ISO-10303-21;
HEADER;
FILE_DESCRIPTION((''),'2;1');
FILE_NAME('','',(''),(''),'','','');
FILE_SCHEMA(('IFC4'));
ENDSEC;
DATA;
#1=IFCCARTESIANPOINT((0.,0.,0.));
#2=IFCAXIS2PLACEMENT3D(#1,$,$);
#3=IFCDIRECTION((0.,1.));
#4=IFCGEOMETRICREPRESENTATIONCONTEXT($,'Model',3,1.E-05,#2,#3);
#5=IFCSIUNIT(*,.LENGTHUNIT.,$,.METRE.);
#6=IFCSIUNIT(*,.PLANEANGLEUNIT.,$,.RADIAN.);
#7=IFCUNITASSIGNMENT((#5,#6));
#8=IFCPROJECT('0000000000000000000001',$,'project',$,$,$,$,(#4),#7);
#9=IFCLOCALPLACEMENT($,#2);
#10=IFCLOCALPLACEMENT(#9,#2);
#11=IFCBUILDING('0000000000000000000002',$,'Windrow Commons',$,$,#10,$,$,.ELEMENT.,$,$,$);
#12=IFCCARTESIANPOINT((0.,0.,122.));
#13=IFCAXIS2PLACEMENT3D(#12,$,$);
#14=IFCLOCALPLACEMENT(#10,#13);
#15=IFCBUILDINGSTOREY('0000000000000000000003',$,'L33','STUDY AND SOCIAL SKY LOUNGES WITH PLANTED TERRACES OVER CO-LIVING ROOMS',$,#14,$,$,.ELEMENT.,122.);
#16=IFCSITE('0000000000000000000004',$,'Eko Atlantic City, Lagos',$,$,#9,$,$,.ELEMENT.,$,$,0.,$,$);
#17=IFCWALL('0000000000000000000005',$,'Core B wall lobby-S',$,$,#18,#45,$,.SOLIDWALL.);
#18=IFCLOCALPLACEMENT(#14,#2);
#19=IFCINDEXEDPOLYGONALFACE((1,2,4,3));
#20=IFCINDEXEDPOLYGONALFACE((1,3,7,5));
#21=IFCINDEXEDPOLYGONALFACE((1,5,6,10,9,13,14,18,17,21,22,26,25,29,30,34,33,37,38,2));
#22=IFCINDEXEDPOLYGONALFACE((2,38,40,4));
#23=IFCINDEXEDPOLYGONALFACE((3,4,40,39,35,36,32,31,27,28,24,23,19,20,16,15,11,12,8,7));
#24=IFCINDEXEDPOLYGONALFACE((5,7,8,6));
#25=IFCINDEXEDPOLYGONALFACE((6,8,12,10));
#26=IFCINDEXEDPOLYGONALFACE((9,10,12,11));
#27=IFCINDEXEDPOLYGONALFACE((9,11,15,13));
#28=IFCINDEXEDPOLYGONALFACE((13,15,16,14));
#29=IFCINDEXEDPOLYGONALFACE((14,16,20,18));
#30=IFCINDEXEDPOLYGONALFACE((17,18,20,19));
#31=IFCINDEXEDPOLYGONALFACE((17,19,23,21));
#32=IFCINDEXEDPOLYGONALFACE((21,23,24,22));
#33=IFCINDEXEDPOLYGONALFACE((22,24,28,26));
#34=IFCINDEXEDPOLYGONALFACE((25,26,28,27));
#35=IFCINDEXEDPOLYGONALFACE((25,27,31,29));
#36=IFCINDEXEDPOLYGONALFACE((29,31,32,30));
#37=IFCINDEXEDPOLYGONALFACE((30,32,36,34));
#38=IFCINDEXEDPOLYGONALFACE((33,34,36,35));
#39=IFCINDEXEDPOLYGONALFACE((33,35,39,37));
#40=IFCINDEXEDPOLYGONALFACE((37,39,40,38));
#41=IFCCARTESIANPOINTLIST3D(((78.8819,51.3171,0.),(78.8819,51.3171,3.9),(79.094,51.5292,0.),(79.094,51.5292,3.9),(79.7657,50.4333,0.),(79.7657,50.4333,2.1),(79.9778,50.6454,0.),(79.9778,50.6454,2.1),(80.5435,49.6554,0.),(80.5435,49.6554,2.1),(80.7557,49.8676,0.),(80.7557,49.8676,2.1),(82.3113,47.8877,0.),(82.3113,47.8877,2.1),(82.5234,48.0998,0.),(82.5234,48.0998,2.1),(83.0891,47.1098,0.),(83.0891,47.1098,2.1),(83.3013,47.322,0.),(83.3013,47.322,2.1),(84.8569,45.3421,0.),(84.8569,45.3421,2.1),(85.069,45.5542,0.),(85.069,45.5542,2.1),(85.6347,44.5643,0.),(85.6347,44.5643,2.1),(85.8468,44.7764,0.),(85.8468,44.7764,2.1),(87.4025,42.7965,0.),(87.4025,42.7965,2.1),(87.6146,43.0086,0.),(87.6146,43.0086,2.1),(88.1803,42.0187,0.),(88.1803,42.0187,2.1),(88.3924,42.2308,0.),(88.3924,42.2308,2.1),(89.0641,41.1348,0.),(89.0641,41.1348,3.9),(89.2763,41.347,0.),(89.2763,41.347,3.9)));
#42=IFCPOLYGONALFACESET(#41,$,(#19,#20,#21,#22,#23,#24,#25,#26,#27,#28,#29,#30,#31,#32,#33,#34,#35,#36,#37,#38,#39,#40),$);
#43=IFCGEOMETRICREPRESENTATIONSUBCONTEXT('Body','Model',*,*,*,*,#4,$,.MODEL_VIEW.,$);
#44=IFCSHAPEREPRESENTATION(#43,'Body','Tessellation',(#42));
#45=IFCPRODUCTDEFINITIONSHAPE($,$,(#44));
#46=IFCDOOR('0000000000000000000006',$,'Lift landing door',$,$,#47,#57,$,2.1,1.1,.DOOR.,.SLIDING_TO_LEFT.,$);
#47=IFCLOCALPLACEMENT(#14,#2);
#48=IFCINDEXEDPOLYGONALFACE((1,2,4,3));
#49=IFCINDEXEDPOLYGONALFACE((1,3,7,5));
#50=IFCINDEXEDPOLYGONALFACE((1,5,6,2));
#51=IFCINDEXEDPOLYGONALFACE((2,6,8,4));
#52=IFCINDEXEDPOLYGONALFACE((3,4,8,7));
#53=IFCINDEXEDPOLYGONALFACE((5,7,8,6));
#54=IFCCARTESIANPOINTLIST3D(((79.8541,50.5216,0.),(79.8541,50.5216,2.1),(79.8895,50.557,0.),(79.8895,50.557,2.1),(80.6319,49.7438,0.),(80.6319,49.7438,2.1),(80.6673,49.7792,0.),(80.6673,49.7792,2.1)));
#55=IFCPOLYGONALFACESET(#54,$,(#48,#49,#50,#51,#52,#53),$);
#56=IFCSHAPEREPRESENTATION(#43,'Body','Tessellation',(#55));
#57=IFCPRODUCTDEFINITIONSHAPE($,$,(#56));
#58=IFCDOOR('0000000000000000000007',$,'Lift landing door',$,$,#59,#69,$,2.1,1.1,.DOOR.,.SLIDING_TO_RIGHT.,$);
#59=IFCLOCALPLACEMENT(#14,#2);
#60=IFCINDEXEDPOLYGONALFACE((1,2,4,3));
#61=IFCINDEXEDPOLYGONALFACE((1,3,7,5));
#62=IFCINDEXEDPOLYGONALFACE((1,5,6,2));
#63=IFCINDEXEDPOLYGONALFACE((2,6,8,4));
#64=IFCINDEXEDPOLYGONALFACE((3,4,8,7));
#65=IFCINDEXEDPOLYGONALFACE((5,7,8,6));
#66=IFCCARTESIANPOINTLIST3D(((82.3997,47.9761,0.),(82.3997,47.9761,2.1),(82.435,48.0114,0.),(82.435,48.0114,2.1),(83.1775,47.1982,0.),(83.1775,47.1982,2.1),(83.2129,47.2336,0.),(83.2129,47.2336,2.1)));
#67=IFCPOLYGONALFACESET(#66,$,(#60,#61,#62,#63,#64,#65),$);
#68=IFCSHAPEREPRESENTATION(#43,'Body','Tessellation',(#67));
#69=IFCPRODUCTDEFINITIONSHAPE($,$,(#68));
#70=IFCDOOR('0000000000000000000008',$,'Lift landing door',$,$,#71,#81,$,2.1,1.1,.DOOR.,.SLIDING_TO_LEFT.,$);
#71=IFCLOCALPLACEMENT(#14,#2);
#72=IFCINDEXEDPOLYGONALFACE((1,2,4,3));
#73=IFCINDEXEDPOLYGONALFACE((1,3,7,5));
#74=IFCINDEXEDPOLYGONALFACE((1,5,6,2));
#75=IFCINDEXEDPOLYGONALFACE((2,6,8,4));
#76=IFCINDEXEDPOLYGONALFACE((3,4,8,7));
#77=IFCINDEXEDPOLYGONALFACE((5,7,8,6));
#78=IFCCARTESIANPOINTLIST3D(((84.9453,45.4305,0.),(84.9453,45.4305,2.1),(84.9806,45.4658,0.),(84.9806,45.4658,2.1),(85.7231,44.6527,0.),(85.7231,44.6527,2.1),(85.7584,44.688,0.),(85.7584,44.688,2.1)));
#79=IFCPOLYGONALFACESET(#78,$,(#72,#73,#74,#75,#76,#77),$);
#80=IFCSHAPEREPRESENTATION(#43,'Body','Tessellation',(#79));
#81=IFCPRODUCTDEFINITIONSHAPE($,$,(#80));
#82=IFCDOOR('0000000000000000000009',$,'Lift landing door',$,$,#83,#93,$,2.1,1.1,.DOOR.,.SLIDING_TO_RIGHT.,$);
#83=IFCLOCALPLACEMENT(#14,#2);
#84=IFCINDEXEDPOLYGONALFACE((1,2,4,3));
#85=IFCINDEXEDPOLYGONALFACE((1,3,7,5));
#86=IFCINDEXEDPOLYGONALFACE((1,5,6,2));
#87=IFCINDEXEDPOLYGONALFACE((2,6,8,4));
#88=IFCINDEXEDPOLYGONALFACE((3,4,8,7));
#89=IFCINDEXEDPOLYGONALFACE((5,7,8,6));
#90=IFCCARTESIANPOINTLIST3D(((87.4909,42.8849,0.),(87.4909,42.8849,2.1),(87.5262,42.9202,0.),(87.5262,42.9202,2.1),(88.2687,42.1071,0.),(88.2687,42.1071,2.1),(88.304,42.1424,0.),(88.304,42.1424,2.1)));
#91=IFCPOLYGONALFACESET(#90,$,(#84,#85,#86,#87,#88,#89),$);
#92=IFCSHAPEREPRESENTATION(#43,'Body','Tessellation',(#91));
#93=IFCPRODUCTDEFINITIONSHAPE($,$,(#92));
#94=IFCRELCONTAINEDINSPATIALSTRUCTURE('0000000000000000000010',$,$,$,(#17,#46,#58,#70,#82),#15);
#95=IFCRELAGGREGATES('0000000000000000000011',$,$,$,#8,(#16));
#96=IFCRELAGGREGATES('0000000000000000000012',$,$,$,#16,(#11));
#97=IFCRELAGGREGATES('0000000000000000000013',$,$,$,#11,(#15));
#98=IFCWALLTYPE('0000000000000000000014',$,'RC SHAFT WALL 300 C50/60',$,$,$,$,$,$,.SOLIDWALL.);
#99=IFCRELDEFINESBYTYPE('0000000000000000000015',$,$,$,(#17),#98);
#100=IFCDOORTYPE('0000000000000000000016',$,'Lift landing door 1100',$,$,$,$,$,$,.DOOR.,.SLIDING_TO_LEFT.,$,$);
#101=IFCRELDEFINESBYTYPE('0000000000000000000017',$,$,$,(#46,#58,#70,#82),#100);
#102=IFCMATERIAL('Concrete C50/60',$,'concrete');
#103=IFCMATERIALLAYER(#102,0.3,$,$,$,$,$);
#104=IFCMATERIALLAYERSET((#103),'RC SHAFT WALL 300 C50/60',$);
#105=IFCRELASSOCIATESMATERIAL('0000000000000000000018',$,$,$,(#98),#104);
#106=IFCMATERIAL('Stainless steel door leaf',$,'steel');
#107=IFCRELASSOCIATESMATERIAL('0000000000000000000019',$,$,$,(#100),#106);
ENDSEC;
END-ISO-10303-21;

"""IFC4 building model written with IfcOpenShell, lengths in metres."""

from ifc_helpers import new_model, si_unit, direction, frame, frame_2d, origin, place, context, subcontext, project, spatial, rectangle, extrude, material, layer, layer_set, type_object, element, fill, save


model = new_model("IFC4")

# Units and contexts
model_context = context("Model", 3, precision=1e-05, world=origin(), true_north=direction((0.0, 1.0)))
body_context = subcontext(model_context, "Body", "Model", "MODEL_VIEW")
ifc_project = project(units=[si_unit("LENGTHUNIT", "METRE"), si_unit("PLANEANGLEUNIT", "RADIAN")], contexts=[model_context])

# Site, building, storey
site_placement = place(None, origin())
site = spatial("IfcSite", under=ifc_project, at=site_placement, Name="Eko Atlantic City, Lagos", CompositionType="ELEMENT", RefElevation=0.0)
building_placement = place(site_placement, origin())
building = spatial("IfcBuilding", under=site, at=building_placement, Name="Windrow Commons", CompositionType="ELEMENT")
storey_placement = place(building_placement, frame((0.0, 0.0, 122.0)))
storey = spatial("IfcBuildingStorey", under=building, at=storey_placement, Name="L33", Description="STUDY AND SOCIAL SKY LOUNGES WITH PLANTED TERRACES OVER CO-LIVING ROOMS", CompositionType="ELEMENT", Elevation=122.0)

# Wall, openings, doors
ifc_material_1 = material(Name="Concrete C50/60", Category="concrete")
ifc_layer_1 = layer(ifc_material_1, 0.3)
ifc_layer_set_1 = layer_set([ifc_layer_1], Name="RC SHAFT WALL 300 C50/60")
wall_type_1 = type_object("IfcWallType", Name="RC SHAFT WALL 300 C50/60", PredefinedType="SOLIDWALL", material=ifc_layer_set_1)
wall_1_placement = place(storey_placement, frame((78.9879, 51.4232, 0.0), z_axis=(0.0, 0.0, 1.0), x_axis=(0.707107, -0.707107, 0.0)))
wall_1 = element("IfcWall", 1, at=wall_1_placement, inside=storey, type_object=wall_type_1, Name="Core B wall lobby-S", PredefinedType="SOLIDWALL", context=body_context, shape_type="SweptSolid", body=[
    extrude(rectangle(XDim=14.3999, YDim=0.3, at=frame_2d((7.2, 0.0))), origin(), (0.0, 0.0, 1.0), 3.9),
])
opening_1_placement = place(wall_1_placement, frame((1.25, 0.0, 0.0)))
opening_1 = element("IfcOpeningElement", 2, at=opening_1_placement, cuts=wall_1, PredefinedType="OPENING", context=body_context, shape_type="SweptSolid", body=[
    extrude(rectangle(XDim=1.1, YDim=2.1, at=frame_2d((0.55, 1.05))), frame((0.0, 0.16, 0.0), z_axis=(0.0, -1.0, 0.0), x_axis=(1.0, 0.0, 0.0)), (0.0, 0.0, 1.0), 0.32),
])
opening_2_placement = place(wall_1_placement, frame((4.85, 0.0, 0.0)))
opening_2 = element("IfcOpeningElement", 3, at=opening_2_placement, cuts=wall_1, PredefinedType="OPENING", context=body_context, shape_type="SweptSolid", body=[
    extrude(rectangle(XDim=1.1, YDim=2.1, at=frame_2d((0.55, 1.05))), frame((0.0, 0.16, 0.0), z_axis=(0.0, -1.0, 0.0), x_axis=(1.0, 0.0, 0.0)), (0.0, 0.0, 1.0), 0.32),
])
opening_3_placement = place(wall_1_placement, frame((8.45, 0.0, 0.0)))
opening_3 = element("IfcOpeningElement", 4, at=opening_3_placement, cuts=wall_1, PredefinedType="OPENING", context=body_context, shape_type="SweptSolid", body=[
    extrude(rectangle(XDim=1.1, YDim=2.1, at=frame_2d((0.55, 1.05))), frame((0.0, 0.16, 0.0), z_axis=(0.0, -1.0, 0.0), x_axis=(1.0, 0.0, 0.0)), (0.0, 0.0, 1.0), 0.32),
])
opening_4_placement = place(wall_1_placement, frame((12.05, 0.0, 0.0)))
opening_4 = element("IfcOpeningElement", 5, at=opening_4_placement, cuts=wall_1, PredefinedType="OPENING", context=body_context, shape_type="SweptSolid", body=[
    extrude(rectangle(XDim=1.1, YDim=2.1, at=frame_2d((0.55, 1.05))), frame((0.0, 0.16, 0.0), z_axis=(0.0, -1.0, 0.0), x_axis=(1.0, 0.0, 0.0)), (0.0, 0.0, 1.0), 0.32),
])
ifc_material_2 = material(Name="Stainless steel door leaf", Category="steel")
door_type_1 = type_object("IfcDoorType", Name="Lift landing door 1100", OperationType="SLIDING_TO_LEFT", PredefinedType="DOOR", material=ifc_material_2)
door_1_placement = place(opening_1_placement, origin())
door_1 = element("IfcDoor", 6, at=door_1_placement, inside=storey, type_object=door_type_1, Name="Lift landing door", OperationType="SLIDING_TO_LEFT", OverallHeight=2.1, OverallWidth=1.1, PredefinedType="DOOR", context=body_context, shape_type="SweptSolid", body=[
    extrude(rectangle(XDim=1.1, YDim=2.1, at=frame_2d((0.55, 1.05))), frame((0.0, 0.025, 0.0), z_axis=(0.0, -1.0, 0.0), x_axis=(1.0, 0.0, 0.0)), (0.0, 0.0, 1.0), 0.05),
])
fill(opening_1, door_1)
door_2_placement = place(opening_2_placement, origin())
door_2 = element("IfcDoor", 7, at=door_2_placement, inside=storey, type_object=door_type_1, Name="Lift landing door", OperationType="SLIDING_TO_RIGHT", OverallHeight=2.1, OverallWidth=1.1, PredefinedType="DOOR", context=body_context, shape_type="SweptSolid", body=[
    extrude(rectangle(XDim=1.1, YDim=2.1, at=frame_2d((0.55, 1.05))), frame((0.0, 0.025, 0.0), z_axis=(0.0, -1.0, 0.0), x_axis=(1.0, 0.0, 0.0)), (0.0, 0.0, 1.0), 0.05),
])
fill(opening_2, door_2)
door_3_placement = place(opening_3_placement, origin())
door_3 = element("IfcDoor", 8, at=door_3_placement, inside=storey, type_object=door_type_1, Name="Lift landing door", OperationType="SLIDING_TO_LEFT", OverallHeight=2.1, OverallWidth=1.1, PredefinedType="DOOR", context=body_context, shape_type="SweptSolid", body=[
    extrude(rectangle(XDim=1.1, YDim=2.1, at=frame_2d((0.55, 1.05))), frame((0.0, 0.025, 0.0), z_axis=(0.0, -1.0, 0.0), x_axis=(1.0, 0.0, 0.0)), (0.0, 0.0, 1.0), 0.05),
])
fill(opening_3, door_3)
door_4_placement = place(opening_4_placement, origin())
door_4 = element("IfcDoor", 9, at=door_4_placement, inside=storey, type_object=door_type_1, Name="Lift landing door", OperationType="SLIDING_TO_RIGHT", OverallHeight=2.1, OverallWidth=1.1, PredefinedType="DOOR", context=body_context, shape_type="SweptSolid", body=[
    extrude(rectangle(XDim=1.1, YDim=2.1, at=frame_2d((0.55, 1.05))), frame((0.0, 0.025, 0.0), z_axis=(0.0, -1.0, 0.0), x_axis=(1.0, 0.0, 0.0)), (0.0, 0.0, 1.0), 0.05),
])
fill(opening_4, door_4)

save(model, "model.ifc")
